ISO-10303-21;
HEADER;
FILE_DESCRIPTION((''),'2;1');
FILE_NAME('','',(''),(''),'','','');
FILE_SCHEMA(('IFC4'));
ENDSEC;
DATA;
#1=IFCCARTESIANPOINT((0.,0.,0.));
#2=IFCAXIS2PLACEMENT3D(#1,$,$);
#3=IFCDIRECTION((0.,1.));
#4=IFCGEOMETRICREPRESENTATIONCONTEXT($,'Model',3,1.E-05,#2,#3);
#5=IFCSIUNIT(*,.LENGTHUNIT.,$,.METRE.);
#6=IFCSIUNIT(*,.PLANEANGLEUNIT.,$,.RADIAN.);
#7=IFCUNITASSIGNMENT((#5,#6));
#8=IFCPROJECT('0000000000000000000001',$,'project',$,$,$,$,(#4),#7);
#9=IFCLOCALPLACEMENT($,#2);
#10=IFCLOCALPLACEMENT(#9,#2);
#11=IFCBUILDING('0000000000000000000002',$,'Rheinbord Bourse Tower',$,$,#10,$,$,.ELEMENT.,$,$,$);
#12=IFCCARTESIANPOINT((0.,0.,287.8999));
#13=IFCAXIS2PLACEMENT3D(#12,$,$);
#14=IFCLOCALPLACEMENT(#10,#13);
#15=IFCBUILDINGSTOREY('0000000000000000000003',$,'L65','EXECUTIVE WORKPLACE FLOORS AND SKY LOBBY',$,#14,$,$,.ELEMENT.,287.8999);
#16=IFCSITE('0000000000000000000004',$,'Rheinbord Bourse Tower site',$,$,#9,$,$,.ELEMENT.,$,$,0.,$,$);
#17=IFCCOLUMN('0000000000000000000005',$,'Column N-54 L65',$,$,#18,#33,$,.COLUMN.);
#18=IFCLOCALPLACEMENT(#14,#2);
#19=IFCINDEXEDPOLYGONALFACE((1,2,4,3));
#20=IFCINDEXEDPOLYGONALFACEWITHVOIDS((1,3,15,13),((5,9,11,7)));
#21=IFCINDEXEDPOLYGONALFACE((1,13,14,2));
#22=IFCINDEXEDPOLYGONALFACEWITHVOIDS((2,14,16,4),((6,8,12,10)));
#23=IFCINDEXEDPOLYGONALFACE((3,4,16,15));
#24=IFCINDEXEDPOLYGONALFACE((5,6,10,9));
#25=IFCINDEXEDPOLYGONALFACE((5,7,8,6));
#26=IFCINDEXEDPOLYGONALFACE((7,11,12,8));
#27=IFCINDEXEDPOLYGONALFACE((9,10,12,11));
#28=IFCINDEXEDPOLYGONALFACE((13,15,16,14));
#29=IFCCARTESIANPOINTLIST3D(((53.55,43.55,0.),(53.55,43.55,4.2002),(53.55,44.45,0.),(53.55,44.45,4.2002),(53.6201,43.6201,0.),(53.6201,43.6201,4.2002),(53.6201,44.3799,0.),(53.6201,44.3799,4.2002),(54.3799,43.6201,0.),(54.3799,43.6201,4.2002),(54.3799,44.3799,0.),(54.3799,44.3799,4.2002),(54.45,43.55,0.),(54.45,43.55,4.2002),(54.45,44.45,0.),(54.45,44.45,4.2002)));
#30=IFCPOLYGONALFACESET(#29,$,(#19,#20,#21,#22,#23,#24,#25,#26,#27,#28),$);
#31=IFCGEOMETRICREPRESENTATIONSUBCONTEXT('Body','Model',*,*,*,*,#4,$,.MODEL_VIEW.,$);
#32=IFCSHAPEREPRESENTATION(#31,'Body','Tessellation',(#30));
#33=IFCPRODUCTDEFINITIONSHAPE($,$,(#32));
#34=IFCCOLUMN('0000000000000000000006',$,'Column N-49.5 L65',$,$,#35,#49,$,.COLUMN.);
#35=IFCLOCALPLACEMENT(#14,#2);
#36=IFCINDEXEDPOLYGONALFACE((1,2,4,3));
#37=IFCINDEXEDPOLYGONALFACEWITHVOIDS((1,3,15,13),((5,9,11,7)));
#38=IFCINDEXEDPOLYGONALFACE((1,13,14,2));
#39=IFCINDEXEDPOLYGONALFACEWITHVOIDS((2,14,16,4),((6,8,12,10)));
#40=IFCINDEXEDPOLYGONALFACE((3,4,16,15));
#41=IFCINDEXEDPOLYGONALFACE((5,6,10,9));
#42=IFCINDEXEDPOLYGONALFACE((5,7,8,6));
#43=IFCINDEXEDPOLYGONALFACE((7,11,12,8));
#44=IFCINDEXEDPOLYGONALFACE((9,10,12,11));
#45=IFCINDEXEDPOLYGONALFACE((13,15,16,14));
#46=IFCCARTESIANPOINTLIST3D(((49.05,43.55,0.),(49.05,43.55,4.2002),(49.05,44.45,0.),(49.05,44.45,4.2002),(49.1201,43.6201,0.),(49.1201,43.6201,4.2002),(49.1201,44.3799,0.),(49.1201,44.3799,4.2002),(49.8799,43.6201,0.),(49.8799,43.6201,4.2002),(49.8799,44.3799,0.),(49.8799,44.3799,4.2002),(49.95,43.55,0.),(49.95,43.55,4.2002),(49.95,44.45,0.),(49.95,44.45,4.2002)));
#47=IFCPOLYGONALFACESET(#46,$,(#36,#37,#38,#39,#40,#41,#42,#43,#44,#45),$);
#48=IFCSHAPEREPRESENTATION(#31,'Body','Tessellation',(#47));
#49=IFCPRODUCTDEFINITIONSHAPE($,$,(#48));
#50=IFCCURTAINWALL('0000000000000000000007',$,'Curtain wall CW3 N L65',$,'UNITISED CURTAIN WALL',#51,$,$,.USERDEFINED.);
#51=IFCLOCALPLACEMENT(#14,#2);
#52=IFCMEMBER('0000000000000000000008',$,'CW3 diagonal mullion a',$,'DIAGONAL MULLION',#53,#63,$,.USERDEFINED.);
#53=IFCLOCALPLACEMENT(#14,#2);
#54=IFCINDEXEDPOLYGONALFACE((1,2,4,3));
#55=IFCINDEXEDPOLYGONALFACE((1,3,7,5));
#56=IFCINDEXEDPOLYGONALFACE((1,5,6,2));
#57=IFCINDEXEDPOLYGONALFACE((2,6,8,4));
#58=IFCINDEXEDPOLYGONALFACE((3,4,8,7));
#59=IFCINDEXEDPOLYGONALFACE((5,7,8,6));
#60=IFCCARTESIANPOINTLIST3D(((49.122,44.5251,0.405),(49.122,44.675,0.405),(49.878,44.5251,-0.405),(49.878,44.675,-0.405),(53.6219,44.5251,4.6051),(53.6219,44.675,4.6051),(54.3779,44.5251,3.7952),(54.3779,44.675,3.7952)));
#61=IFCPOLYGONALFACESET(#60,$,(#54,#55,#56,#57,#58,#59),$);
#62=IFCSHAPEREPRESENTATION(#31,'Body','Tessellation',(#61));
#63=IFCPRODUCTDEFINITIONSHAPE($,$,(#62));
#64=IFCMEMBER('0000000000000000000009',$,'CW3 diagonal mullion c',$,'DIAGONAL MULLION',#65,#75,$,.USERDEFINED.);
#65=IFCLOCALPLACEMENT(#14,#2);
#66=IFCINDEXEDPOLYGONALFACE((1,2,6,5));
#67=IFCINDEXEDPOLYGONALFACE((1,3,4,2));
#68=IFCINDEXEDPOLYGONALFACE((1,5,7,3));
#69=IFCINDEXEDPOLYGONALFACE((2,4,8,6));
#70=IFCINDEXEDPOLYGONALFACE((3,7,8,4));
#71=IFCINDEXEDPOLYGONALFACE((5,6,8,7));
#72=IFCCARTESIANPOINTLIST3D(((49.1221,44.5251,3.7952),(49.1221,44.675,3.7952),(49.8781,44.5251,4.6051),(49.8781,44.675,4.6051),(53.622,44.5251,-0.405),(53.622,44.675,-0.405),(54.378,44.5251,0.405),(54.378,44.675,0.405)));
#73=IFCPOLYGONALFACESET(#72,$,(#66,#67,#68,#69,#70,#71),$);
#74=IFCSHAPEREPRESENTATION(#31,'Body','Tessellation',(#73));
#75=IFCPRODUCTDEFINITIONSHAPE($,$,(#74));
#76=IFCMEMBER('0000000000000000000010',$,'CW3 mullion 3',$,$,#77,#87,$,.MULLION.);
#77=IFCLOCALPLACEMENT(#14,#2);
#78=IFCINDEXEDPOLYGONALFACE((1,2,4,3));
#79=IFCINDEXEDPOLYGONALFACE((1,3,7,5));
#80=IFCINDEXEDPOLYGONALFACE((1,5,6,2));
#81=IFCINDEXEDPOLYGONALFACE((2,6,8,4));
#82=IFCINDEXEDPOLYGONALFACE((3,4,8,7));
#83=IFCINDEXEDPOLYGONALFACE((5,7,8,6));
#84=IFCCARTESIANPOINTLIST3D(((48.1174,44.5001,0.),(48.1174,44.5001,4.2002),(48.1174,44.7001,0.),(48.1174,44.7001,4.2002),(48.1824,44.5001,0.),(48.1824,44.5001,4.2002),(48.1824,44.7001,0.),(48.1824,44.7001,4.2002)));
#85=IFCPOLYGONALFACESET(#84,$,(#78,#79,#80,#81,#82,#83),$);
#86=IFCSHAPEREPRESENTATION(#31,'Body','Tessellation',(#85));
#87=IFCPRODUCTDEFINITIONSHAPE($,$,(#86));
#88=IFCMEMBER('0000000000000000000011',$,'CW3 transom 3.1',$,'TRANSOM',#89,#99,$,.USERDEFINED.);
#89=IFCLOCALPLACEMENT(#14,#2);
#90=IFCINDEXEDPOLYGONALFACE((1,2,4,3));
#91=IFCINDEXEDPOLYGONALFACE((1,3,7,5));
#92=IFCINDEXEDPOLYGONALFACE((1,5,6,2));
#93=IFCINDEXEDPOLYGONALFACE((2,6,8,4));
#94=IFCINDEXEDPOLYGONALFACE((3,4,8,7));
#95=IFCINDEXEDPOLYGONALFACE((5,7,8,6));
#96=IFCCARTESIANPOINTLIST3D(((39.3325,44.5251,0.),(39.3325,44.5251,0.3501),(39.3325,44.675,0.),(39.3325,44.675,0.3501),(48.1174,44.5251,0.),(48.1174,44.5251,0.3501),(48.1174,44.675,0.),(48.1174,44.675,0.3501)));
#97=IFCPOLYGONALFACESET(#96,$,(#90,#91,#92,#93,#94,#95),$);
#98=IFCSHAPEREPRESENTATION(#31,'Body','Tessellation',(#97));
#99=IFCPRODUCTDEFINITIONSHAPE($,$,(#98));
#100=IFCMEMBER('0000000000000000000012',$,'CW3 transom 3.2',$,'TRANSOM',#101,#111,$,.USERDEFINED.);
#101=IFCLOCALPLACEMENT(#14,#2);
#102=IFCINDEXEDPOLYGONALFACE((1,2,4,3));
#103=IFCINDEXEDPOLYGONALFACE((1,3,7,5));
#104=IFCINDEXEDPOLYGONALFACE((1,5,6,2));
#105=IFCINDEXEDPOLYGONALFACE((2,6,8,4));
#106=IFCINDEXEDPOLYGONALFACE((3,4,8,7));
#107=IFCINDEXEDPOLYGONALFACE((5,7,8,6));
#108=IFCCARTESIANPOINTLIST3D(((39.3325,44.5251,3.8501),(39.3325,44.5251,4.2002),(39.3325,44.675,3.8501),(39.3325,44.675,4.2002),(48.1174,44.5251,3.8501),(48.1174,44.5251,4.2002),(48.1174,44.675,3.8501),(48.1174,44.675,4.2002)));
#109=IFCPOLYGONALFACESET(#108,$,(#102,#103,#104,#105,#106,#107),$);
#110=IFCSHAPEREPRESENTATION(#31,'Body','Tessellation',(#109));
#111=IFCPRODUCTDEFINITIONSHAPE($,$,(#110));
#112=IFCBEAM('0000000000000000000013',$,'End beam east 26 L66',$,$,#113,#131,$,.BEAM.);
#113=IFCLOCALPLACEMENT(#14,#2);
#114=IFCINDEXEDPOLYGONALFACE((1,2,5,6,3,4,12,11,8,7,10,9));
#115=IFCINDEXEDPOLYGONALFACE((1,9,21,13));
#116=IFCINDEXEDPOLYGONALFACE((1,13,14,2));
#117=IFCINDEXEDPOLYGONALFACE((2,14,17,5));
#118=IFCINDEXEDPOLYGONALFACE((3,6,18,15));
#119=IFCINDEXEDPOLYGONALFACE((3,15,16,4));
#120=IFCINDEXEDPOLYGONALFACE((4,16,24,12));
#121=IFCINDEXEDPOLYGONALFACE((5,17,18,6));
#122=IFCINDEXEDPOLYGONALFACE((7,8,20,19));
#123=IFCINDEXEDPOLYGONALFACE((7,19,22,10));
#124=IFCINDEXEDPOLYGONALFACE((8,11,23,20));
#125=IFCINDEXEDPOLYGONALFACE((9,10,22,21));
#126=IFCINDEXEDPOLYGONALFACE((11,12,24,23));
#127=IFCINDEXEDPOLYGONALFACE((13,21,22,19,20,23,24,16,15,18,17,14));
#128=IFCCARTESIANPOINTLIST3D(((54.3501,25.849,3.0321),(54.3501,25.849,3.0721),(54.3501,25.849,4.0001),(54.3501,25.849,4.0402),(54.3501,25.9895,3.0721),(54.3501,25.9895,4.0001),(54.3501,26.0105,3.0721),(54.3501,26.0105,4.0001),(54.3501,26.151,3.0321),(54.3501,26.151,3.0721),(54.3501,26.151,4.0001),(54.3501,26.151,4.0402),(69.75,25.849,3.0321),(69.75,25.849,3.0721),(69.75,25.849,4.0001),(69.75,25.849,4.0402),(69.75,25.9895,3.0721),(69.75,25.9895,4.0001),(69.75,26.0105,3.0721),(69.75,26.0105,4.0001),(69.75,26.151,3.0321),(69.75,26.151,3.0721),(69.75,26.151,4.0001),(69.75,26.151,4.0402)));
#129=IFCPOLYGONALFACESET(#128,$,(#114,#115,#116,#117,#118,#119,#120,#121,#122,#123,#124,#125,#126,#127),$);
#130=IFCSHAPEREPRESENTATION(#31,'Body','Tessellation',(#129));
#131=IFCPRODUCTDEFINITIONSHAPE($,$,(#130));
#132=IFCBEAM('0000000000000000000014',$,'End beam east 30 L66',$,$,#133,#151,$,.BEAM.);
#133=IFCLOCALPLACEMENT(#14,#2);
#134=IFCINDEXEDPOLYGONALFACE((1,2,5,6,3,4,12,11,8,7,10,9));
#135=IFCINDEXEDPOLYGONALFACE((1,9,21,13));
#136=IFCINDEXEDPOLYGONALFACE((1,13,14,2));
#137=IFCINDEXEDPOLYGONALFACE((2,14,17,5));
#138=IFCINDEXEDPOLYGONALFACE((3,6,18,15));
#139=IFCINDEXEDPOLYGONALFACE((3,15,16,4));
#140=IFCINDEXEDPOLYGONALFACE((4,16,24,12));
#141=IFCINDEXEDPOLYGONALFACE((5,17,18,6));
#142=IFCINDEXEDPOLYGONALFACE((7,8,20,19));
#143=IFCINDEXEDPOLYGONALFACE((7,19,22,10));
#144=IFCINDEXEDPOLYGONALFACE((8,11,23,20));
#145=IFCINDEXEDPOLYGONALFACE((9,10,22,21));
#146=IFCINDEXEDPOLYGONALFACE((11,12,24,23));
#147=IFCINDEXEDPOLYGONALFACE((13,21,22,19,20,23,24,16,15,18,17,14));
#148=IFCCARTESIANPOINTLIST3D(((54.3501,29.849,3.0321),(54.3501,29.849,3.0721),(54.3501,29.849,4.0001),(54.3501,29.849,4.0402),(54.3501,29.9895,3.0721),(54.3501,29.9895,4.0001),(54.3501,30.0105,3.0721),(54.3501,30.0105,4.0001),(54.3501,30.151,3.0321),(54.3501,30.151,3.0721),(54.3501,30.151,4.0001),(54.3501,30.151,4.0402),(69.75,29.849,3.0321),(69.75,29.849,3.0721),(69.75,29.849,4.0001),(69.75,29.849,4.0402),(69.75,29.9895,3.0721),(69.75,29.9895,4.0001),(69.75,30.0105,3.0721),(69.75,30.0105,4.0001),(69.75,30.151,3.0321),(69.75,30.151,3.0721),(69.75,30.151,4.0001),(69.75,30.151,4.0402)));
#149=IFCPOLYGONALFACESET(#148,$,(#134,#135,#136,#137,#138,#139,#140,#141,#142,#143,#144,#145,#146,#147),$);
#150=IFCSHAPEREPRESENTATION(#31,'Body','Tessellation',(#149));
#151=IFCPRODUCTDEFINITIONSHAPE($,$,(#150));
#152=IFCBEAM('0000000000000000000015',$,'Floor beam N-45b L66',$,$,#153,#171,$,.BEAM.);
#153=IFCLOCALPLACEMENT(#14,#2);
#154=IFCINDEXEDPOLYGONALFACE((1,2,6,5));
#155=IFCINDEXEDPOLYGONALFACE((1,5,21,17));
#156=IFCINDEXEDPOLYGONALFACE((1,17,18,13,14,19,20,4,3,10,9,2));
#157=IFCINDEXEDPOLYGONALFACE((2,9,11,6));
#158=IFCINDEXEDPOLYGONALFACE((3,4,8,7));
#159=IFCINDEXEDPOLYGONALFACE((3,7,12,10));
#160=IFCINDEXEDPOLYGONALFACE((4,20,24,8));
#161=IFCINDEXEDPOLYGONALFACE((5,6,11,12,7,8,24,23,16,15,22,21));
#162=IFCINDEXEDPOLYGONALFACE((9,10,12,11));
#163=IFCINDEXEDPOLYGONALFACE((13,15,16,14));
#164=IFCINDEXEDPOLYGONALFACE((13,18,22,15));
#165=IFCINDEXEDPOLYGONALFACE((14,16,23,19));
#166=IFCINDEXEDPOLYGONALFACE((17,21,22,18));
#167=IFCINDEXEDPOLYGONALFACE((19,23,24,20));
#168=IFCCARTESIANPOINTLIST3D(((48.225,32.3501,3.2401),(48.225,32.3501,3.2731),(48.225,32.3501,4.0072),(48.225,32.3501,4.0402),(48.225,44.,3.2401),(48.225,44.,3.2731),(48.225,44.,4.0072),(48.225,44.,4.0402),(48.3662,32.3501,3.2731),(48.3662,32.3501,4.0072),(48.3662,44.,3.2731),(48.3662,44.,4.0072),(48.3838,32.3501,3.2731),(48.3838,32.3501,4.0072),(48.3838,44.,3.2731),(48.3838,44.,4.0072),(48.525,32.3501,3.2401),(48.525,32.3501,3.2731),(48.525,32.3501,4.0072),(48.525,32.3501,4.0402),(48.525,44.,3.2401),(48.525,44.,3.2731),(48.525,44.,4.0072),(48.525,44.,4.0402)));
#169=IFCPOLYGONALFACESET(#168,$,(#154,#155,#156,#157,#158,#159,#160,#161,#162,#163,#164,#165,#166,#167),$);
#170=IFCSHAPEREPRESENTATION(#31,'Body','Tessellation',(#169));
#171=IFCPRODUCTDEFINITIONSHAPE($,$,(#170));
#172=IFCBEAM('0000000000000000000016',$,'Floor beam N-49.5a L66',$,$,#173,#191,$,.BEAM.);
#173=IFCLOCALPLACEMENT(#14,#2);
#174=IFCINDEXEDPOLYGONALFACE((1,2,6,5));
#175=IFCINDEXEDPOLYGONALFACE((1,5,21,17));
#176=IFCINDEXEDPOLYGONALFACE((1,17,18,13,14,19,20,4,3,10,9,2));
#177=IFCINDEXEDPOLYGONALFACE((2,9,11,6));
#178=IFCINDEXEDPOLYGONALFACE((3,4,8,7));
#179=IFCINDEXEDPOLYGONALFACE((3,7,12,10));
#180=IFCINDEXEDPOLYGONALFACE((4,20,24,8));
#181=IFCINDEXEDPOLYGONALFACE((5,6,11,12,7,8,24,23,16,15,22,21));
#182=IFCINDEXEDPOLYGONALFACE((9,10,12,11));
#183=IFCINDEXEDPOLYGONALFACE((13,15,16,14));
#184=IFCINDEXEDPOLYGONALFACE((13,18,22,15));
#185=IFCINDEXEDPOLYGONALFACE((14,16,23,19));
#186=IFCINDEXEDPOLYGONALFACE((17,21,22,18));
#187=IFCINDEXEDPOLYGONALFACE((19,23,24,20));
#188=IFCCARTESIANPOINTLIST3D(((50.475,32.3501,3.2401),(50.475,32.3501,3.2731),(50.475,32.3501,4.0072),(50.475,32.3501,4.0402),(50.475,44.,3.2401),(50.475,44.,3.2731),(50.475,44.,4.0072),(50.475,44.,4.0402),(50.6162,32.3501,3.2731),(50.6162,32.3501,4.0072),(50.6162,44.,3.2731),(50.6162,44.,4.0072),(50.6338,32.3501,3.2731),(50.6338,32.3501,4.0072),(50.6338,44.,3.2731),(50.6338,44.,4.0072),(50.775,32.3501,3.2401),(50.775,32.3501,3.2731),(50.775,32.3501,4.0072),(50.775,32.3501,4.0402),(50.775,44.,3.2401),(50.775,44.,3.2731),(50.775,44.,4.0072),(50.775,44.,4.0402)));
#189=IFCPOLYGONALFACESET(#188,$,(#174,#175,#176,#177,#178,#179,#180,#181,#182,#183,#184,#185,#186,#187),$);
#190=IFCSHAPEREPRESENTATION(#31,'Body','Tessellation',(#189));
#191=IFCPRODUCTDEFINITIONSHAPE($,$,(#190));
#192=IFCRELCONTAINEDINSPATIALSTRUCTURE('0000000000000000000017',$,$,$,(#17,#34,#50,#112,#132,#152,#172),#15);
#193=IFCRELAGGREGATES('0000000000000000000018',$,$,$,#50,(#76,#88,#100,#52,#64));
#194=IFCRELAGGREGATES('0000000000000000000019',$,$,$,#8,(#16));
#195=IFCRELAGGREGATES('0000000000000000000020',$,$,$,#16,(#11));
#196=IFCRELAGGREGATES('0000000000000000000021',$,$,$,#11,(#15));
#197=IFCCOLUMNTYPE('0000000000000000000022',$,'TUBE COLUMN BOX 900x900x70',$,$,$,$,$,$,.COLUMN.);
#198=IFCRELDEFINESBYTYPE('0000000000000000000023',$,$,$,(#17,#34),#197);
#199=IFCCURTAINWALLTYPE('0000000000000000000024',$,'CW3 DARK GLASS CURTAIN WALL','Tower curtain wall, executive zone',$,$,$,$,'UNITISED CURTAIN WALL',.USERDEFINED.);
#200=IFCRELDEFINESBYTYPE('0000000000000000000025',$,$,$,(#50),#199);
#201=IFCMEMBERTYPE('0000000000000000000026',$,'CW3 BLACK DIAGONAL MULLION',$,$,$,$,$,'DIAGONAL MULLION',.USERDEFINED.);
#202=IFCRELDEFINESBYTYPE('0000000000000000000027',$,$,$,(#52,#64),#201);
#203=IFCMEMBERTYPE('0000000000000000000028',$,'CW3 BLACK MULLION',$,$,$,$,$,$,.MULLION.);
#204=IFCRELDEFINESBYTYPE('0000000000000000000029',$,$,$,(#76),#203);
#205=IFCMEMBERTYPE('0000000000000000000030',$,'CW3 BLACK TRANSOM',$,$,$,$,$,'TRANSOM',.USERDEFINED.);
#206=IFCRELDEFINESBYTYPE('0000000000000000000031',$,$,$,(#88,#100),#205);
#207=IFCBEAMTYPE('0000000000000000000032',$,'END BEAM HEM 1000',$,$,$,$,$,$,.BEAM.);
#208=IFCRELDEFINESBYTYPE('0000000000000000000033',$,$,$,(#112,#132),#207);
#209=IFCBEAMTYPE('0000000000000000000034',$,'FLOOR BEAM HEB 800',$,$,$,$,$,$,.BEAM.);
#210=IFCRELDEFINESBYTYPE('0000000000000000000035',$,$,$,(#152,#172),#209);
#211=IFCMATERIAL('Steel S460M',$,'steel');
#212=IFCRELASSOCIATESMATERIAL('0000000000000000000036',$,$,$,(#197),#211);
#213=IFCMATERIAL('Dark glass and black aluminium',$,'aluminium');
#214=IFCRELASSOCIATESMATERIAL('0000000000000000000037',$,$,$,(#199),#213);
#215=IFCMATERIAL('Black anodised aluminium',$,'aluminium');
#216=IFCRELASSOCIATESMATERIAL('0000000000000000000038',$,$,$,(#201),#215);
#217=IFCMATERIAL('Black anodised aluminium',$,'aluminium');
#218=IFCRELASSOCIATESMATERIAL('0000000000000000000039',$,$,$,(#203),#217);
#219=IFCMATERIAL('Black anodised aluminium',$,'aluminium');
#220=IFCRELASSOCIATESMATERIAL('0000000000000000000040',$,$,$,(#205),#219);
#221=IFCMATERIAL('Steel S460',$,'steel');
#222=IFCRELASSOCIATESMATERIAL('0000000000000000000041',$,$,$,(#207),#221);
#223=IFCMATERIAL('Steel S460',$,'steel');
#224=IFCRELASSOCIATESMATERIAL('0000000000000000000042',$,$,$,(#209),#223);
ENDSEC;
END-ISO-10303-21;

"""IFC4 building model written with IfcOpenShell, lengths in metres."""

from ifc_helpers import new_model, si_unit, direction, frame, origin, origin_2d, place, context, subcontext, project, spatial, rectangle, hollow_rectangle, i_section, extrude, material, material_profile, profile_set, type_object, element, aggregate, save


model = new_model("IFC4")

# Units and contexts
model_context = context("Model", 3, precision=1e-05, world=origin(), true_north=direction((0.0, 1.0)))
body_context = subcontext(model_context, "Body", "Model", "MODEL_VIEW")
ifc_project = project(units=[si_unit("LENGTHUNIT", "METRE"), si_unit("PLANEANGLEUNIT", "RADIAN")], contexts=[model_context])

# Site, building, storey
site_placement = place(None, origin())
site = spatial("IfcSite", under=ifc_project, at=site_placement, Name="Rheinbord Bourse Tower site", CompositionType="ELEMENT", RefElevation=0.0)
building_placement = place(site_placement, origin())
building = spatial("IfcBuilding", under=site, at=building_placement, Name="Rheinbord Bourse Tower", CompositionType="ELEMENT")
storey_placement = place(building_placement, frame((0.0, 0.0, 287.8999)))
storey = spatial("IfcBuildingStorey", under=building, at=storey_placement, Name="L65", Description="EXECUTIVE WORKPLACE FLOORS AND SKY LOBBY", CompositionType="ELEMENT", Elevation=287.8999)

# Columns
ifc_material_1 = material(Name="Steel S460M", Category="steel")
ifc_material_profile_1 = material_profile(ifc_material_1, hollow_rectangle(XDim=0.8999, YDim=0.8999, WallThickness=0.0701, at=origin_2d()), Name="BOX 900x900x70")
ifc_profile_set_1 = profile_set([ifc_material_profile_1], Name="Steel S460M")
column_type = type_object("IfcColumnType", Name="TUBE COLUMN BOX 900x900x70", PredefinedType="COLUMN", material=ifc_profile_set_1)
for number, where, z_axis, x_axis, name in (
    (1, (54.0, 44.0, 0.0), (0.0, 0.0, 1.0), (0.0, 1.0, 0.0), "Column N-54 L65"),
    (2, (49.5, 44.0, 0.0), (0.0, 0.0, 1.0), (0.0, 1.0, 0.0), "Column N-49.5 L65"),
):
    element("IfcColumn", number, at=place(storey_placement, frame(where, z_axis=z_axis, x_axis=x_axis)), inside=storey, type_object=column_type, Name=name, PredefinedType="COLUMN", context=body_context, shape_type="SweptSolid", body=[
        extrude(hollow_rectangle(XDim=0.8999, YDim=0.8999, WallThickness=0.0701, at=origin_2d()), origin(), (0.0, 0.0, 1.0), 4.2002),
    ])

# Curtain wall, members
ifc_material_2 = material(Name="Dark glass and black aluminium", Category="aluminium")
curtain_wall_type = type_object("IfcCurtainWallType", Name="CW3 DARK GLASS CURTAIN WALL", Description="Tower curtain wall, executive zone", ElementType="UNITISED CURTAIN WALL", PredefinedType="USERDEFINED", material=ifc_material_2)
curtain_wall_placement = place(storey_placement, origin())
curtain_wall = element("IfcCurtainWall", 3, at=curtain_wall_placement, inside=storey, type_object=curtain_wall_type, Name="Curtain wall CW3 N L65", ObjectType="UNITISED CURTAIN WALL", PredefinedType="USERDEFINED")
ifc_material_3 = material(Name="Black anodised aluminium", Category="aluminium")
ifc_material_profile_2 = material_profile(ifc_material_3, rectangle(XDim=0.1499, YDim=1.1079, at=origin_2d()), Name="CW3 DIAGONAL MULLION 1108x150")
ifc_profile_set_2 = profile_set([ifc_material_profile_2], Name="Black anodised aluminium")
member_type_1 = type_object("IfcMemberType", Name="CW3 BLACK DIAGONAL MULLION", ElementType="DIAGONAL MULLION", PredefinedType="USERDEFINED", material=ifc_profile_set_2)
member_1_placement = place(storey_placement, frame((49.5, 44.6001, 0.0), z_axis=(0.731039, 0.0, 0.682335), x_axis=(0.0, 1.0, 0.0)))
member_1 = element("IfcMember", 4, at=member_1_placement, type_object=member_type_1, Name="CW3 diagonal mullion a", ObjectType="DIAGONAL MULLION", PredefinedType="USERDEFINED", context=body_context, shape_type="SweptSolid", body=[
    extrude(rectangle(XDim=0.1499, YDim=1.1079, at=origin_2d()), origin(), (0.0, 0.0, 1.0), 6.1555),
])
member_2_placement = place(storey_placement, frame((54.0, 44.6001, 0.0), z_axis=(-0.731039, 0.0, 0.682335), x_axis=(0.0, -1.0, 0.0)))
member_2 = element("IfcMember", 5, at=member_2_placement, type_object=member_type_1, Name="CW3 diagonal mullion c", ObjectType="DIAGONAL MULLION", PredefinedType="USERDEFINED", context=body_context, shape_type="SweptSolid", body=[
    extrude(rectangle(XDim=0.1499, YDim=1.1079, at=origin_2d()), origin(), (0.0, 0.0, 1.0), 6.1555),
])
ifc_material_4 = material(Name="Black anodised aluminium", Category="aluminium")
ifc_material_profile_3 = material_profile(ifc_material_4, rectangle(XDim=0.2, YDim=0.0649, at=origin_2d()), Name="CW3 MULLION 65x200")
ifc_profile_set_3 = profile_set([ifc_material_profile_3], Name="Black anodised aluminium")
member_type_2 = type_object("IfcMemberType", Name="CW3 BLACK MULLION", PredefinedType="MULLION", material=ifc_profile_set_3)
member_3_placement = place(storey_placement, frame((48.1499, 44.6001, 0.0), z_axis=(0.0, 0.0, 1.0), x_axis=(0.0, -1.0, 0.0)))
member_3 = element("IfcMember", 6, at=member_3_placement, type_object=member_type_2, Name="CW3 mullion 3", PredefinedType="MULLION", context=body_context, shape_type="SweptSolid", body=[
    extrude(rectangle(XDim=0.2, YDim=0.0649, at=origin_2d()), origin(), (0.0, 0.0, 1.0), 4.2002),
])
ifc_material_5 = material(Name="Black anodised aluminium", Category="aluminium")
ifc_material_profile_4 = material_profile(ifc_material_5, rectangle(XDim=0.1499, YDim=0.3501, at=origin_2d()), Name="CW3 TRANSOM 350x150")
ifc_profile_set_4 = profile_set([ifc_material_profile_4], Name="Black anodised aluminium")
member_type_3 = type_object("IfcMemberType", Name="CW3 BLACK TRANSOM", ElementType="TRANSOM", PredefinedType="USERDEFINED", material=ifc_profile_set_4)
member_4_placement = place(storey_placement, frame((48.1174, 44.6001, 0.175), z_axis=(-1.0, 0.0, 0.0), x_axis=(0.0, -1.0, 0.0)))
member_4 = element("IfcMember", 7, at=member_4_placement, type_object=member_type_3, Name="CW3 transom 3.1", ObjectType="TRANSOM", PredefinedType="USERDEFINED", context=body_context, shape_type="SweptSolid", body=[
    extrude(rectangle(XDim=0.1499, YDim=0.3501, at=origin_2d()), origin(), (0.0, 0.0, 1.0), 8.7849),
])
member_5_placement = place(storey_placement, frame((48.1174, 44.6001, 4.0251), z_axis=(-1.0, 0.0, 0.0), x_axis=(0.0, -1.0, 0.0)))
member_5 = element("IfcMember", 8, at=member_5_placement, type_object=member_type_3, Name="CW3 transom 3.2", ObjectType="TRANSOM", PredefinedType="USERDEFINED", context=body_context, shape_type="SweptSolid", body=[
    extrude(rectangle(XDim=0.1499, YDim=0.3501, at=origin_2d()), origin(), (0.0, 0.0, 1.0), 8.7849),
])

# Beams
ifc_material_6 = material(Name="Steel S460", Category="steel")
ifc_material_profile_5 = material_profile(ifc_material_6, i_section(OverallWidth=0.302, OverallDepth=1.0081, WebThickness=0.021, FlangeThickness=0.04, at=origin_2d()), Name="HEM 1000")
ifc_profile_set_5 = profile_set([ifc_material_profile_5], Name="Steel S460")
beam_type_1 = type_object("IfcBeamType", Name="END BEAM HEM 1000", PredefinedType="BEAM", material=ifc_profile_set_5)
for number, where, z_axis, x_axis, name in (
    (9, (54.3501, 26.0, 3.5361), (1.0, 0.0, 0.0), (0.0, 1.0, 0.0), "End beam east 26 L66"),
    (10, (54.3501, 30.0, 3.5361), (1.0, 0.0, 0.0), (0.0, 1.0, 0.0), "End beam east 30 L66"),
):
    element("IfcBeam", number, at=place(storey_placement, frame(where, z_axis=z_axis, x_axis=x_axis)), inside=storey, type_object=beam_type_1, Name=name, PredefinedType="BEAM", context=body_context, shape_type="SweptSolid", body=[
        extrude(i_section(OverallWidth=0.302, OverallDepth=1.0081, WebThickness=0.021, FlangeThickness=0.04, at=origin_2d()), origin(), (0.0, 0.0, 1.0), 15.3999),
    ])
ifc_material_7 = material(Name="Steel S460", Category="steel")
ifc_material_profile_6 = material_profile(ifc_material_7, i_section(OverallWidth=0.3, OverallDepth=0.8, WebThickness=0.0176, FlangeThickness=0.033, at=origin_2d()), Name="HEB 800")
ifc_profile_set_6 = profile_set([ifc_material_profile_6], Name="Steel S460")
beam_type_2 = type_object("IfcBeamType", Name="FLOOR BEAM HEB 800", PredefinedType="BEAM", material=ifc_profile_set_6)
for number, where, z_axis, x_axis, name in (
    (11, (48.375, 44.0, 3.6401), (0.0, -1.0, 0.0), (1.0, 0.0, 0.0), "Floor beam N-45b L66"),
    (12, (50.625, 44.0, 3.6401), (0.0, -1.0, 0.0), (1.0, 0.0, 0.0), "Floor beam N-49.5a L66"),
):
    element("IfcBeam", number, at=place(storey_placement, frame(where, z_axis=z_axis, x_axis=x_axis)), inside=storey, type_object=beam_type_2, Name=name, PredefinedType="BEAM", context=body_context, shape_type="SweptSolid", body=[
        extrude(i_section(OverallWidth=0.3, OverallDepth=0.8, WebThickness=0.0176, FlangeThickness=0.033, at=origin_2d()), origin(), (0.0, 0.0, 1.0), 11.6499),
    ])

aggregate(curtain_wall, [member_3, member_4, member_5, member_1, member_2])

save(model, "model.ifc")
